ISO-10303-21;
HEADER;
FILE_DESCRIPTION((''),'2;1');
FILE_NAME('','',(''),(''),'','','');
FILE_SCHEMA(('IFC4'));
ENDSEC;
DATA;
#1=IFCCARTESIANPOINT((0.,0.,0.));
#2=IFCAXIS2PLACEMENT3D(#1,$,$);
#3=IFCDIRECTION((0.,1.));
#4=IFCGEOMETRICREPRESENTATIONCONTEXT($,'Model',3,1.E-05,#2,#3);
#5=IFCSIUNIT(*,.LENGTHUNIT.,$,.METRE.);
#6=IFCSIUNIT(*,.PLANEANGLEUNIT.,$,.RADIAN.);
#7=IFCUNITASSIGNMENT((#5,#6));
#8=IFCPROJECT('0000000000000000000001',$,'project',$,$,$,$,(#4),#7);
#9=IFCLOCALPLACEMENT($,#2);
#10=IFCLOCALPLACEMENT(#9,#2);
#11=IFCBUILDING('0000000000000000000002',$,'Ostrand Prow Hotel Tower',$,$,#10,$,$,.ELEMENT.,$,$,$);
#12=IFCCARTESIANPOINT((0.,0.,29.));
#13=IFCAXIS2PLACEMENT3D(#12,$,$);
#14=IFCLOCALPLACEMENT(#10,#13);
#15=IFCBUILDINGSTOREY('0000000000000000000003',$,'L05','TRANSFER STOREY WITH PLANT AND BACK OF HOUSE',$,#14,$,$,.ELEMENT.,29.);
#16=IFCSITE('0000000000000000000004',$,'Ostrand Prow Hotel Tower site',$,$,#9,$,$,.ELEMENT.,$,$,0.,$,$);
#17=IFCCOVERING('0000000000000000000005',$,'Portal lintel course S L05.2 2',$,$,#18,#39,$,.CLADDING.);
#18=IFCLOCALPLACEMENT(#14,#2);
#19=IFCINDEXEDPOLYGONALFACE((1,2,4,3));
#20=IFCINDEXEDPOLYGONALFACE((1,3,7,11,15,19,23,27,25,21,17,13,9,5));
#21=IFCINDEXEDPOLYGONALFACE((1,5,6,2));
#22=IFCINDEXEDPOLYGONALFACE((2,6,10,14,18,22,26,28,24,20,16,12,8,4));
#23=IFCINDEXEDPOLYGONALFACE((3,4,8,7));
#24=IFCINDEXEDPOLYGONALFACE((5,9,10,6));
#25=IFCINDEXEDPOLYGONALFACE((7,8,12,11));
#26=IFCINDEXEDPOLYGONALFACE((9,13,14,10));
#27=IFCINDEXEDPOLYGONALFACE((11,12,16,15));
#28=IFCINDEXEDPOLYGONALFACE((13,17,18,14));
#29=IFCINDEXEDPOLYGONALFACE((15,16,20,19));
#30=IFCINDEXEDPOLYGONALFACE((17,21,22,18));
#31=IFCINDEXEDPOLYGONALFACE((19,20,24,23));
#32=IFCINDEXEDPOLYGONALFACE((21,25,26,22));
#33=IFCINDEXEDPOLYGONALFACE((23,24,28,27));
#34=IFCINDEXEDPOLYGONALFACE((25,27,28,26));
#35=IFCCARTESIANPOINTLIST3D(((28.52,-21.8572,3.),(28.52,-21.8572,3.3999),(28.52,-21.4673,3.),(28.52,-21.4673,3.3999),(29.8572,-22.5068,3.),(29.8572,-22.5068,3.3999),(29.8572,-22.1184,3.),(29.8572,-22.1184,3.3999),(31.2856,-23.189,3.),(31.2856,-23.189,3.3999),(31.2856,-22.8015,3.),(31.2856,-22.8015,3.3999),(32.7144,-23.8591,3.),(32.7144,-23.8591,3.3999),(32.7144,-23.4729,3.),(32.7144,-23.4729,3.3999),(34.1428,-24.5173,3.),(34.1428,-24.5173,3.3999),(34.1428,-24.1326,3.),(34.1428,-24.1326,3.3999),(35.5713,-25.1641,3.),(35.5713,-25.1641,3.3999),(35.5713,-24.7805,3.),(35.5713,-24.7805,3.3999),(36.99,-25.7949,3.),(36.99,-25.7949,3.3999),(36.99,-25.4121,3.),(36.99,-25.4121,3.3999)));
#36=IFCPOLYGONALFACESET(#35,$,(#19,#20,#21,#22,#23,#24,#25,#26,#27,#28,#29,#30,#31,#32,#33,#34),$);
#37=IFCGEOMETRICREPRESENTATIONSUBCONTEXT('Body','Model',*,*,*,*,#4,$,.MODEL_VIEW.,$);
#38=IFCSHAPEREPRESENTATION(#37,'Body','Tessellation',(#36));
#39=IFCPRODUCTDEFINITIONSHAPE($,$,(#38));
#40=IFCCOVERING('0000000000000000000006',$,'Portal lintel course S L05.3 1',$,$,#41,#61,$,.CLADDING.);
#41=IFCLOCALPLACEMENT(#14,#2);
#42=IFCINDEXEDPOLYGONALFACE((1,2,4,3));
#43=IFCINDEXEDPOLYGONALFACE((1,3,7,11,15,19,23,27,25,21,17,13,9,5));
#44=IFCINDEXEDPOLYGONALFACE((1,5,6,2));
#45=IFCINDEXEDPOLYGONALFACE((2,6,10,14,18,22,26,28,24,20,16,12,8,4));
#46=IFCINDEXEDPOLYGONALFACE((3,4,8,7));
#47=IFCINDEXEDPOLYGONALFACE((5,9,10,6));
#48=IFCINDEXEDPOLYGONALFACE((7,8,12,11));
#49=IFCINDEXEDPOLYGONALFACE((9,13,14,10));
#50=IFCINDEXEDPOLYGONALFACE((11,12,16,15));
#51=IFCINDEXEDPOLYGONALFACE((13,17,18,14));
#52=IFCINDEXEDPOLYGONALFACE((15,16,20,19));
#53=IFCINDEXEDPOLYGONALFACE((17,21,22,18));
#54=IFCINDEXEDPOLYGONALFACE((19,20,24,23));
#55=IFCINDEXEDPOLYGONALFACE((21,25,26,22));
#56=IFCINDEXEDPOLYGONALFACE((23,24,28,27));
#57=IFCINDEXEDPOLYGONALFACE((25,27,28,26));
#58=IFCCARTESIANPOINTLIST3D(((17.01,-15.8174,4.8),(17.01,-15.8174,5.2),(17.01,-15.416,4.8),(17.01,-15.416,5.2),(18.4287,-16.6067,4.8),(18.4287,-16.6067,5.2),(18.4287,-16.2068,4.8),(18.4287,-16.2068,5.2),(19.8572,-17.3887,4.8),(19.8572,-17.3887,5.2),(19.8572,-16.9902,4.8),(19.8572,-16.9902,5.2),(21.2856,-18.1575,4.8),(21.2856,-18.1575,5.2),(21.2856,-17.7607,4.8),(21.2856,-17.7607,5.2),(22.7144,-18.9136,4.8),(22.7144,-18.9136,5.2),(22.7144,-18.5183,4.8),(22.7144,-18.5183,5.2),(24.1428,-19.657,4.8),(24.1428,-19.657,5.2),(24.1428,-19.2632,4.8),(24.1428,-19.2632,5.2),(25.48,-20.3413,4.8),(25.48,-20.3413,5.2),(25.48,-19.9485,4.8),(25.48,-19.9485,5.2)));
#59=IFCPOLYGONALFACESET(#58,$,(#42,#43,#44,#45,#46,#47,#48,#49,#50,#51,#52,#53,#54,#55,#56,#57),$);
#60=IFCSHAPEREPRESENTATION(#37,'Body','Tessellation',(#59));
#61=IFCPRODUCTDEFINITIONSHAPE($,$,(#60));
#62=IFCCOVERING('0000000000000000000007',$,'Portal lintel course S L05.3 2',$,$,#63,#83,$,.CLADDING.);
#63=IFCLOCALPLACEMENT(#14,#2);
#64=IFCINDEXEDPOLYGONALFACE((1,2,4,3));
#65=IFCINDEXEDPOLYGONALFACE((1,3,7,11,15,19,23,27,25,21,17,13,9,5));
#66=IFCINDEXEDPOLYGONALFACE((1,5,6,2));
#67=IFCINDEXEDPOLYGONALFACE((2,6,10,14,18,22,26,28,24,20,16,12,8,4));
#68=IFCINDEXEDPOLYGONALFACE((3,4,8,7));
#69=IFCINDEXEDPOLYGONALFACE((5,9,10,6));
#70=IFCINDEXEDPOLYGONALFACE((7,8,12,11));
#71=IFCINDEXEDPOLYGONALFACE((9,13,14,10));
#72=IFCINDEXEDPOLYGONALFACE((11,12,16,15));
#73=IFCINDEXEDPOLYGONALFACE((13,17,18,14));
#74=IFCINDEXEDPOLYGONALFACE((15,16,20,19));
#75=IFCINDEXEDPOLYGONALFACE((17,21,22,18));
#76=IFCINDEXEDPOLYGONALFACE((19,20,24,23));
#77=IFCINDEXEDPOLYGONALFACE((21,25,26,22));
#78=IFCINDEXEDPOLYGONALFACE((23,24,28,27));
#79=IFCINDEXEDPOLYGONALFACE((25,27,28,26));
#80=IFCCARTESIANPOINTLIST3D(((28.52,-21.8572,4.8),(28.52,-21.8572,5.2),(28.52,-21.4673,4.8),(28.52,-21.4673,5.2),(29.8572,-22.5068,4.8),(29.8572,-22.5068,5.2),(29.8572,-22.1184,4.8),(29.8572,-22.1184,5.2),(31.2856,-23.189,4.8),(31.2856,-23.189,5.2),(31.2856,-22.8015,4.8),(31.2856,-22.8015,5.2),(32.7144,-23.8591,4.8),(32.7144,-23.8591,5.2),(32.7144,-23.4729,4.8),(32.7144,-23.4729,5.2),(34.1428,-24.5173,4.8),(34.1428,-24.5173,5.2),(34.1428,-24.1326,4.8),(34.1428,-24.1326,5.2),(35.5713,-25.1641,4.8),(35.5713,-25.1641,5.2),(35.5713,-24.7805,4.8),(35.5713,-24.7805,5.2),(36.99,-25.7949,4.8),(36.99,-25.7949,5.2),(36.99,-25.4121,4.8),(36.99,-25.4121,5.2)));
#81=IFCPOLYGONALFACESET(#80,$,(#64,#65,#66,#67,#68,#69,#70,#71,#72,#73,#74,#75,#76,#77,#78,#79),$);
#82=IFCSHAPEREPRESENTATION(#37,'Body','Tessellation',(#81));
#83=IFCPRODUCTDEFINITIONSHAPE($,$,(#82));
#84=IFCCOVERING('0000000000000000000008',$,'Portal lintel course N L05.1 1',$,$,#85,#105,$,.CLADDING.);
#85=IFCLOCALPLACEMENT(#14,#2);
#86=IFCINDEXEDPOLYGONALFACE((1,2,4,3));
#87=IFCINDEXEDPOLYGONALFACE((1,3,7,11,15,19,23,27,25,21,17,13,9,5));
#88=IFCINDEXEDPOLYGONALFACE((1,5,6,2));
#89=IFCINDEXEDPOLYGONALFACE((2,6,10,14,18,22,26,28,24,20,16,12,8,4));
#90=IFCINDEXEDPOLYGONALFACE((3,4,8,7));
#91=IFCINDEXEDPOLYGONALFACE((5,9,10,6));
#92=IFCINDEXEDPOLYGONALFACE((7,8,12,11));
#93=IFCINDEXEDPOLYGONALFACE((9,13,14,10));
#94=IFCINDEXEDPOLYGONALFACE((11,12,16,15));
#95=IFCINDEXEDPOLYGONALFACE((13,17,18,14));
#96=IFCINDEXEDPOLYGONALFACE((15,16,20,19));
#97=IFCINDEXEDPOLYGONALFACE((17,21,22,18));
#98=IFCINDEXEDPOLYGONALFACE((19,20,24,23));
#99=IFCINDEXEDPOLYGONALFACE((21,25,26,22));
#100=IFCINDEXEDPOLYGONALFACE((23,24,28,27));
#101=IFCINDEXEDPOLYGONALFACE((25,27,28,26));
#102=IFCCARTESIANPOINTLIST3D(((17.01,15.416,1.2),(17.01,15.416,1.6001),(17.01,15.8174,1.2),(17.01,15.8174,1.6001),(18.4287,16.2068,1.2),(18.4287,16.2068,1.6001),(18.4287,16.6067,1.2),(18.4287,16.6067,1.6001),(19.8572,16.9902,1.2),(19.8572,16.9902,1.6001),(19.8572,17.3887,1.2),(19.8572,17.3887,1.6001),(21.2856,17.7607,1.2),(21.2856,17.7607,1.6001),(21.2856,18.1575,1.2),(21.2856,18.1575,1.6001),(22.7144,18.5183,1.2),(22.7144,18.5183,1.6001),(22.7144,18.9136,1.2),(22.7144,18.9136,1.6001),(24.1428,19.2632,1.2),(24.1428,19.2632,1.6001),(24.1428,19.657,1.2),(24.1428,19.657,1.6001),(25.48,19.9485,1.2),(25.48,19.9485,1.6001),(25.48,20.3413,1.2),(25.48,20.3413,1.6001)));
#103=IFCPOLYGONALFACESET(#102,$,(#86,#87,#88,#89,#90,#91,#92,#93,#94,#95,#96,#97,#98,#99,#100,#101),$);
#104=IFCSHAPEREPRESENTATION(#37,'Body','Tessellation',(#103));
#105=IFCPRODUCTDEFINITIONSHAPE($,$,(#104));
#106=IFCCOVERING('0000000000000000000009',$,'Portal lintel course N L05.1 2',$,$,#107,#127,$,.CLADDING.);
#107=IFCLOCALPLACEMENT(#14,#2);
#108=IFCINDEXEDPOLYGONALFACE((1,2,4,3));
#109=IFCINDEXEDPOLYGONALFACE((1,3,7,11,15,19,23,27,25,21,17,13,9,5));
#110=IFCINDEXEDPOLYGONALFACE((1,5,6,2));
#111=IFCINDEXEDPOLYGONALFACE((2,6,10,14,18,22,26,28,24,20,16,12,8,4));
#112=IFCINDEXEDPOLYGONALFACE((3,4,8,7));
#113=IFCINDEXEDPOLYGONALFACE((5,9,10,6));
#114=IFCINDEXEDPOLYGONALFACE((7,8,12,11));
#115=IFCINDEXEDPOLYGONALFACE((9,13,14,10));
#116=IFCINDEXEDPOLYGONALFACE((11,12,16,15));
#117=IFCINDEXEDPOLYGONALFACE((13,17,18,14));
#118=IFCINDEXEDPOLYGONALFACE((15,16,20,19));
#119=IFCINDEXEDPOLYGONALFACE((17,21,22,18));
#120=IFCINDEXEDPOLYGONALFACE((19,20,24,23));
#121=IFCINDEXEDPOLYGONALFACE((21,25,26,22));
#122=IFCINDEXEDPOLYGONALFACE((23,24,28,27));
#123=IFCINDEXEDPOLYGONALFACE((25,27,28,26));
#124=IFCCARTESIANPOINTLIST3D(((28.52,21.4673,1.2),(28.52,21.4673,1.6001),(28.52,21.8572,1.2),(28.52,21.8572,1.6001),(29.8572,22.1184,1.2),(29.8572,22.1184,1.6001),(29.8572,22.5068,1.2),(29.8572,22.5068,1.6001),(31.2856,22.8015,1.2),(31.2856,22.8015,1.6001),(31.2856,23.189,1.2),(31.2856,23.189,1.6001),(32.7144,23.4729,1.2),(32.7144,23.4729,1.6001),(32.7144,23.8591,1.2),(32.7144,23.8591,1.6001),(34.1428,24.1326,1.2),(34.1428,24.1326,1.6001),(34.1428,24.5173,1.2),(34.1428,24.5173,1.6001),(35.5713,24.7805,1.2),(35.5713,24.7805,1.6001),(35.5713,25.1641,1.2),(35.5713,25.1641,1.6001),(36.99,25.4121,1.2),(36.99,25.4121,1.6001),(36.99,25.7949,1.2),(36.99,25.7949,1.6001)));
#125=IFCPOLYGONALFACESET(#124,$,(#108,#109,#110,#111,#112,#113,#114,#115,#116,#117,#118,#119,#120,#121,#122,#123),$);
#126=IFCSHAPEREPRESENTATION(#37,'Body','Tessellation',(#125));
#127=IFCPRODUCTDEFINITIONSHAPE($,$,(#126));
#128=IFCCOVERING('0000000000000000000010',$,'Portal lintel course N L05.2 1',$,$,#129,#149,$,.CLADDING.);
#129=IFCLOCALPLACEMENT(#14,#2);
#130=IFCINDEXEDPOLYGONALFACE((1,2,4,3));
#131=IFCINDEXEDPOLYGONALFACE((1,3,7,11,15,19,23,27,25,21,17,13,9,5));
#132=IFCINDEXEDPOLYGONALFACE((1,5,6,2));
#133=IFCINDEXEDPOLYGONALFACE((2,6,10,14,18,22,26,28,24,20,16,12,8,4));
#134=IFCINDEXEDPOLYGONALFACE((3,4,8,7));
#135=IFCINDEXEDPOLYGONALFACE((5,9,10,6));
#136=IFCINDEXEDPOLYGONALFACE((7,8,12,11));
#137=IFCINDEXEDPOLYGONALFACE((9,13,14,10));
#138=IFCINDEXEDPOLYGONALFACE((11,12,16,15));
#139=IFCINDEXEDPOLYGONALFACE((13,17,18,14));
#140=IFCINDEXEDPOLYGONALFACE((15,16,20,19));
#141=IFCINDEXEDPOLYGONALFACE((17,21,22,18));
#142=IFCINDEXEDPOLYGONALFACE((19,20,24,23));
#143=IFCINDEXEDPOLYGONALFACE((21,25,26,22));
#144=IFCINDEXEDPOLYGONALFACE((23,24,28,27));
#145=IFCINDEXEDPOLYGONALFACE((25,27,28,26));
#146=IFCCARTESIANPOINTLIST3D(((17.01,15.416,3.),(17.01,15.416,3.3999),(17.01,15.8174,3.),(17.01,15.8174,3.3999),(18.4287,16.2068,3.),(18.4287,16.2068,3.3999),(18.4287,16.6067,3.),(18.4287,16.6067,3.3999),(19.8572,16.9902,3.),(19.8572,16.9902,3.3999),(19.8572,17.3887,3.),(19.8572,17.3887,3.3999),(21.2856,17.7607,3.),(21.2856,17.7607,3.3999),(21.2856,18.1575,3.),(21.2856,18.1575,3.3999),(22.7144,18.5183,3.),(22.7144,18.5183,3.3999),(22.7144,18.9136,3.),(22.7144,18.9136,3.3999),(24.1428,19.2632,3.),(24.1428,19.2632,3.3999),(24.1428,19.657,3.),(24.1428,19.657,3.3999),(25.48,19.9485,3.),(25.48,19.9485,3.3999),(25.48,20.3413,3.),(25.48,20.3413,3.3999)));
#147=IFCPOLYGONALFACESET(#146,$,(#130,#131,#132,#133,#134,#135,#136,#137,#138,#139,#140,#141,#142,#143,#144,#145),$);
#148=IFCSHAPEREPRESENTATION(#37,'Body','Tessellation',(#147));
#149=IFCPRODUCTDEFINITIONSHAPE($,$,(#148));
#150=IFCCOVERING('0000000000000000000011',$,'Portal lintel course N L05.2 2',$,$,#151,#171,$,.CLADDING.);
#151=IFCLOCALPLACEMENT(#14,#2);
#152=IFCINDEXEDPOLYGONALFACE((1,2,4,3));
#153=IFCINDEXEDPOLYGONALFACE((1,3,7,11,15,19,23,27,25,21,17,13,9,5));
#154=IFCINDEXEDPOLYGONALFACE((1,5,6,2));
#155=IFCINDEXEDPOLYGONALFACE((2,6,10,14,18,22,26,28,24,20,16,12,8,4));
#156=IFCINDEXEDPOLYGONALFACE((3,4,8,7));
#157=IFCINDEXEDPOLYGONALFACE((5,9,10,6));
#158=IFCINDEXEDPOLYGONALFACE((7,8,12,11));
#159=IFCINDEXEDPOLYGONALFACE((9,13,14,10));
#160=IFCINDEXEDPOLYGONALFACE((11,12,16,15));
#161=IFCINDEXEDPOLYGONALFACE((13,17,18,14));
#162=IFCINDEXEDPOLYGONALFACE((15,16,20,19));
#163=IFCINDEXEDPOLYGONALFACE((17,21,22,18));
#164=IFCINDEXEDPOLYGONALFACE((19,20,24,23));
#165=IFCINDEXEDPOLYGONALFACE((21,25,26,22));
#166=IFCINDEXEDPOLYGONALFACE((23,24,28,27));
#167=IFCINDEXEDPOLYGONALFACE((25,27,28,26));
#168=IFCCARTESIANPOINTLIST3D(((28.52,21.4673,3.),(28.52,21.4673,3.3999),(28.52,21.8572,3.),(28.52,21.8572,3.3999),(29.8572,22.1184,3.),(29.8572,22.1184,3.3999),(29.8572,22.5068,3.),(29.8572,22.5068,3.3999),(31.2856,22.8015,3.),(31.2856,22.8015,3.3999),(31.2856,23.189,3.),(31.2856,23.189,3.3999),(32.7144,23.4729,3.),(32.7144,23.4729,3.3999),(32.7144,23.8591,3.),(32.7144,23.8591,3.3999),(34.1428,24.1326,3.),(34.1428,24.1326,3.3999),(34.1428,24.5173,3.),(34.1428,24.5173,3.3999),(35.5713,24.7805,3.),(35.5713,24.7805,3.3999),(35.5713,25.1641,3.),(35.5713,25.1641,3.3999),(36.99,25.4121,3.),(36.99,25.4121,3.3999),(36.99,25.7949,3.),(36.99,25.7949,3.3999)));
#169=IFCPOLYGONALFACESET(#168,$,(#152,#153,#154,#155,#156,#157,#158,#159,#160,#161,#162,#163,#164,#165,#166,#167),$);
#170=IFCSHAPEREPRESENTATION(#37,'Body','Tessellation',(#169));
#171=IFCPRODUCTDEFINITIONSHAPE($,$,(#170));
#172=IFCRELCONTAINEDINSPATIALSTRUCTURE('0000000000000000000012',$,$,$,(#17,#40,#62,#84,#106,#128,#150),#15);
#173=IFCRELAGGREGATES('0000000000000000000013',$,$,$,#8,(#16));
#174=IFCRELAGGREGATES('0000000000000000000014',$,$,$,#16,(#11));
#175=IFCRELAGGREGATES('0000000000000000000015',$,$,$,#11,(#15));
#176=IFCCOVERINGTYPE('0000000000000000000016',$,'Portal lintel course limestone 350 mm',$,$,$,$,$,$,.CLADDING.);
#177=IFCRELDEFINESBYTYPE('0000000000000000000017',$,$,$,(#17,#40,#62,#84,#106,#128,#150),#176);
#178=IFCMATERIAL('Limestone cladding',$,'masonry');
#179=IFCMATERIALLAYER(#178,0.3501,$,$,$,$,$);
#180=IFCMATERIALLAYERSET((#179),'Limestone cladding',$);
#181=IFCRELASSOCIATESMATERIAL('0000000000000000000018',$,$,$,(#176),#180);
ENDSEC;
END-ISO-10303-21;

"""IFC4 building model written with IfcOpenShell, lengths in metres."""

from ifc_helpers import new_model, si_unit, direction, frame, origin, place, context, subcontext, project, spatial, polyline, outline, extrude, material, layer, layer_set, type_object, element, save


model = new_model("IFC4")

# Units and contexts
model_context = context("Model", 3, precision=1e-05, world=origin(), true_north=direction((0.0, 1.0)))
body_context = subcontext(model_context, "Body", "Model", "MODEL_VIEW")
ifc_project = project(units=[si_unit("LENGTHUNIT", "METRE"), si_unit("PLANEANGLEUNIT", "RADIAN")], contexts=[model_context])

# Site, building, storey
site_placement = place(None, origin())
site = spatial("IfcSite", under=ifc_project, at=site_placement, Name="Ostrand Prow Hotel Tower site", CompositionType="ELEMENT", RefElevation=0.0)
building_placement = place(site_placement, origin())
building = spatial("IfcBuilding", under=site, at=building_placement, Name="Ostrand Prow Hotel Tower", CompositionType="ELEMENT")
storey_placement = place(building_placement, frame((0.0, 0.0, 29.0)))
storey = spatial("IfcBuildingStorey", under=building, at=storey_placement, Name="L05", Description="TRANSFER STOREY WITH PLANT AND BACK OF HOUSE", CompositionType="ELEMENT", Elevation=29.0)

# Coverings
ifc_material_1 = material(Name="Limestone cladding", Category="masonry")
ifc_layer_1 = layer(ifc_material_1, 0.3501)
ifc_layer_set_1 = layer_set([ifc_layer_1], Name="Limestone cladding")
covering_type_1 = type_object("IfcCoveringType", Name="Portal lintel course limestone 350 mm", PredefinedType="CLADDING", material=ifc_layer_set_1)
covering_1_placement = place(storey_placement, frame((0.0, 0.0, 3.0)))
element("IfcCovering", 1, at=covering_1_placement, inside=storey, type_object=covering_type_1, Name="Portal lintel course S L05.2 2", PredefinedType="CLADDING", context=body_context, shape_type="SweptSolid", body=[
    extrude(outline(polyline([(34.1428, -24.5173), (35.5713, -25.1641), (36.99, -25.7949), (36.99, -25.4121), (35.5713, -24.7805), (34.1428, -24.1326), (32.7144, -23.4729), (31.2856, -22.8015), (29.8572, -22.1184), (28.52, -21.4673), (28.52, -21.8572), (29.8572, -22.5068), (31.2856, -23.189), (32.7144, -23.8591), (34.1428, -24.5173)])), origin(), (0.0, 0.0, 1.0), 0.3999),
])
covering_2_placement = place(storey_placement, frame((0.0, 0.0, 4.8)))
element("IfcCovering", 2, at=covering_2_placement, inside=storey, type_object=covering_type_1, Name="Portal lintel course S L05.3 1", PredefinedType="CLADDING", context=body_context, shape_type="SweptSolid", body=[
    extrude(outline(polyline([(24.1428, -19.657), (25.48, -20.3413), (25.48, -19.9485), (24.1428, -19.2632), (22.7144, -18.5183), (21.2856, -17.7607), (19.8572, -16.9902), (18.4287, -16.2068), (17.01, -15.416), (17.01, -15.8174), (18.4287, -16.6067), (19.8572, -17.3887), (21.2856, -18.1575), (22.7144, -18.9136), (24.1428, -19.657)])), origin(), (0.0, 0.0, 1.0), 0.3999),
])
covering_3_placement = place(storey_placement, frame((0.0, 0.0, 4.8)))
element("IfcCovering", 3, at=covering_3_placement, inside=storey, type_object=covering_type_1, Name="Portal lintel course S L05.3 2", PredefinedType="CLADDING", context=body_context, shape_type="SweptSolid", body=[
    extrude(outline(polyline([(34.1428, -24.5173), (35.5713, -25.1641), (36.99, -25.7949), (36.99, -25.4121), (35.5713, -24.7805), (34.1428, -24.1326), (32.7144, -23.4729), (31.2856, -22.8015), (29.8572, -22.1184), (28.52, -21.4673), (28.52, -21.8572), (29.8572, -22.5068), (31.2856, -23.189), (32.7144, -23.8591), (34.1428, -24.5173)])), origin(), (0.0, 0.0, 1.0), 0.3999),
])
covering_4_placement = place(storey_placement, frame((0.0, 0.0, 1.2)))
element("IfcCovering", 4, at=covering_4_placement, inside=storey, type_object=covering_type_1, Name="Portal lintel course N L05.1 1", PredefinedType="CLADDING", context=body_context, shape_type="SweptSolid", body=[
    extrude(outline(polyline([(19.8572, 17.3887), (18.4287, 16.6067), (17.01, 15.8174), (17.01, 15.416), (18.4287, 16.2068), (19.8572, 16.9902), (21.2856, 17.7607), (22.7144, 18.5183), (24.1428, 19.2632), (25.48, 19.9485), (25.48, 20.3413), (24.1428, 19.657), (22.7144, 18.9136), (21.2856, 18.1575), (19.8572, 17.3887)])), origin(), (0.0, 0.0, 1.0), 0.4001),
])
covering_5_placement = place(storey_placement, frame((0.0, 0.0, 1.2)))
element("IfcCovering", 5, at=covering_5_placement, inside=storey, type_object=covering_type_1, Name="Portal lintel course N L05.1 2", PredefinedType="CLADDING", context=body_context, shape_type="SweptSolid", body=[
    extrude(outline(polyline([(29.8572, 22.5068), (28.52, 21.8572), (28.52, 21.4673), (29.8572, 22.1184), (31.2856, 22.8015), (32.7144, 23.4729), (34.1428, 24.1326), (35.5713, 24.7805), (36.99, 25.4121), (36.99, 25.7949), (35.5713, 25.1641), (34.1428, 24.5173), (32.7144, 23.8591), (31.2856, 23.189), (29.8572, 22.5068)])), origin(), (0.0, 0.0, 1.0), 0.4001),
])
covering_6_placement = place(storey_placement, frame((0.0, 0.0, 3.0)))
element("IfcCovering", 6, at=covering_6_placement, inside=storey, type_object=covering_type_1, Name="Portal lintel course N L05.2 1", PredefinedType="CLADDING", context=body_context, shape_type="SweptSolid", body=[
    extrude(outline(polyline([(19.8572, 17.3887), (18.4287, 16.6067), (17.01, 15.8174), (17.01, 15.416), (18.4287, 16.2068), (19.8572, 16.9902), (21.2856, 17.7607), (22.7144, 18.5183), (24.1428, 19.2632), (25.48, 19.9485), (25.48, 20.3413), (24.1428, 19.657), (22.7144, 18.9136), (21.2856, 18.1575), (19.8572, 17.3887)])), origin(), (0.0, 0.0, 1.0), 0.3999),
])
covering_7_placement = place(storey_placement, frame((0.0, 0.0, 3.0)))
element("IfcCovering", 7, at=covering_7_placement, inside=storey, type_object=covering_type_1, Name="Portal lintel course N L05.2 2", PredefinedType="CLADDING", context=body_context, shape_type="SweptSolid", body=[
    extrude(outline(polyline([(29.8572, 22.5068), (28.52, 21.8572), (28.52, 21.4673), (29.8572, 22.1184), (31.2856, 22.8015), (32.7144, 23.4729), (34.1428, 24.1326), (35.5713, 24.7805), (36.99, 25.4121), (36.99, 25.7949), (35.5713, 25.1641), (34.1428, 24.5173), (32.7144, 23.8591), (31.2856, 23.189), (29.8572, 22.5068)])), origin(), (0.0, 0.0, 1.0), 0.3999),
])

save(model, "model.ifc")
